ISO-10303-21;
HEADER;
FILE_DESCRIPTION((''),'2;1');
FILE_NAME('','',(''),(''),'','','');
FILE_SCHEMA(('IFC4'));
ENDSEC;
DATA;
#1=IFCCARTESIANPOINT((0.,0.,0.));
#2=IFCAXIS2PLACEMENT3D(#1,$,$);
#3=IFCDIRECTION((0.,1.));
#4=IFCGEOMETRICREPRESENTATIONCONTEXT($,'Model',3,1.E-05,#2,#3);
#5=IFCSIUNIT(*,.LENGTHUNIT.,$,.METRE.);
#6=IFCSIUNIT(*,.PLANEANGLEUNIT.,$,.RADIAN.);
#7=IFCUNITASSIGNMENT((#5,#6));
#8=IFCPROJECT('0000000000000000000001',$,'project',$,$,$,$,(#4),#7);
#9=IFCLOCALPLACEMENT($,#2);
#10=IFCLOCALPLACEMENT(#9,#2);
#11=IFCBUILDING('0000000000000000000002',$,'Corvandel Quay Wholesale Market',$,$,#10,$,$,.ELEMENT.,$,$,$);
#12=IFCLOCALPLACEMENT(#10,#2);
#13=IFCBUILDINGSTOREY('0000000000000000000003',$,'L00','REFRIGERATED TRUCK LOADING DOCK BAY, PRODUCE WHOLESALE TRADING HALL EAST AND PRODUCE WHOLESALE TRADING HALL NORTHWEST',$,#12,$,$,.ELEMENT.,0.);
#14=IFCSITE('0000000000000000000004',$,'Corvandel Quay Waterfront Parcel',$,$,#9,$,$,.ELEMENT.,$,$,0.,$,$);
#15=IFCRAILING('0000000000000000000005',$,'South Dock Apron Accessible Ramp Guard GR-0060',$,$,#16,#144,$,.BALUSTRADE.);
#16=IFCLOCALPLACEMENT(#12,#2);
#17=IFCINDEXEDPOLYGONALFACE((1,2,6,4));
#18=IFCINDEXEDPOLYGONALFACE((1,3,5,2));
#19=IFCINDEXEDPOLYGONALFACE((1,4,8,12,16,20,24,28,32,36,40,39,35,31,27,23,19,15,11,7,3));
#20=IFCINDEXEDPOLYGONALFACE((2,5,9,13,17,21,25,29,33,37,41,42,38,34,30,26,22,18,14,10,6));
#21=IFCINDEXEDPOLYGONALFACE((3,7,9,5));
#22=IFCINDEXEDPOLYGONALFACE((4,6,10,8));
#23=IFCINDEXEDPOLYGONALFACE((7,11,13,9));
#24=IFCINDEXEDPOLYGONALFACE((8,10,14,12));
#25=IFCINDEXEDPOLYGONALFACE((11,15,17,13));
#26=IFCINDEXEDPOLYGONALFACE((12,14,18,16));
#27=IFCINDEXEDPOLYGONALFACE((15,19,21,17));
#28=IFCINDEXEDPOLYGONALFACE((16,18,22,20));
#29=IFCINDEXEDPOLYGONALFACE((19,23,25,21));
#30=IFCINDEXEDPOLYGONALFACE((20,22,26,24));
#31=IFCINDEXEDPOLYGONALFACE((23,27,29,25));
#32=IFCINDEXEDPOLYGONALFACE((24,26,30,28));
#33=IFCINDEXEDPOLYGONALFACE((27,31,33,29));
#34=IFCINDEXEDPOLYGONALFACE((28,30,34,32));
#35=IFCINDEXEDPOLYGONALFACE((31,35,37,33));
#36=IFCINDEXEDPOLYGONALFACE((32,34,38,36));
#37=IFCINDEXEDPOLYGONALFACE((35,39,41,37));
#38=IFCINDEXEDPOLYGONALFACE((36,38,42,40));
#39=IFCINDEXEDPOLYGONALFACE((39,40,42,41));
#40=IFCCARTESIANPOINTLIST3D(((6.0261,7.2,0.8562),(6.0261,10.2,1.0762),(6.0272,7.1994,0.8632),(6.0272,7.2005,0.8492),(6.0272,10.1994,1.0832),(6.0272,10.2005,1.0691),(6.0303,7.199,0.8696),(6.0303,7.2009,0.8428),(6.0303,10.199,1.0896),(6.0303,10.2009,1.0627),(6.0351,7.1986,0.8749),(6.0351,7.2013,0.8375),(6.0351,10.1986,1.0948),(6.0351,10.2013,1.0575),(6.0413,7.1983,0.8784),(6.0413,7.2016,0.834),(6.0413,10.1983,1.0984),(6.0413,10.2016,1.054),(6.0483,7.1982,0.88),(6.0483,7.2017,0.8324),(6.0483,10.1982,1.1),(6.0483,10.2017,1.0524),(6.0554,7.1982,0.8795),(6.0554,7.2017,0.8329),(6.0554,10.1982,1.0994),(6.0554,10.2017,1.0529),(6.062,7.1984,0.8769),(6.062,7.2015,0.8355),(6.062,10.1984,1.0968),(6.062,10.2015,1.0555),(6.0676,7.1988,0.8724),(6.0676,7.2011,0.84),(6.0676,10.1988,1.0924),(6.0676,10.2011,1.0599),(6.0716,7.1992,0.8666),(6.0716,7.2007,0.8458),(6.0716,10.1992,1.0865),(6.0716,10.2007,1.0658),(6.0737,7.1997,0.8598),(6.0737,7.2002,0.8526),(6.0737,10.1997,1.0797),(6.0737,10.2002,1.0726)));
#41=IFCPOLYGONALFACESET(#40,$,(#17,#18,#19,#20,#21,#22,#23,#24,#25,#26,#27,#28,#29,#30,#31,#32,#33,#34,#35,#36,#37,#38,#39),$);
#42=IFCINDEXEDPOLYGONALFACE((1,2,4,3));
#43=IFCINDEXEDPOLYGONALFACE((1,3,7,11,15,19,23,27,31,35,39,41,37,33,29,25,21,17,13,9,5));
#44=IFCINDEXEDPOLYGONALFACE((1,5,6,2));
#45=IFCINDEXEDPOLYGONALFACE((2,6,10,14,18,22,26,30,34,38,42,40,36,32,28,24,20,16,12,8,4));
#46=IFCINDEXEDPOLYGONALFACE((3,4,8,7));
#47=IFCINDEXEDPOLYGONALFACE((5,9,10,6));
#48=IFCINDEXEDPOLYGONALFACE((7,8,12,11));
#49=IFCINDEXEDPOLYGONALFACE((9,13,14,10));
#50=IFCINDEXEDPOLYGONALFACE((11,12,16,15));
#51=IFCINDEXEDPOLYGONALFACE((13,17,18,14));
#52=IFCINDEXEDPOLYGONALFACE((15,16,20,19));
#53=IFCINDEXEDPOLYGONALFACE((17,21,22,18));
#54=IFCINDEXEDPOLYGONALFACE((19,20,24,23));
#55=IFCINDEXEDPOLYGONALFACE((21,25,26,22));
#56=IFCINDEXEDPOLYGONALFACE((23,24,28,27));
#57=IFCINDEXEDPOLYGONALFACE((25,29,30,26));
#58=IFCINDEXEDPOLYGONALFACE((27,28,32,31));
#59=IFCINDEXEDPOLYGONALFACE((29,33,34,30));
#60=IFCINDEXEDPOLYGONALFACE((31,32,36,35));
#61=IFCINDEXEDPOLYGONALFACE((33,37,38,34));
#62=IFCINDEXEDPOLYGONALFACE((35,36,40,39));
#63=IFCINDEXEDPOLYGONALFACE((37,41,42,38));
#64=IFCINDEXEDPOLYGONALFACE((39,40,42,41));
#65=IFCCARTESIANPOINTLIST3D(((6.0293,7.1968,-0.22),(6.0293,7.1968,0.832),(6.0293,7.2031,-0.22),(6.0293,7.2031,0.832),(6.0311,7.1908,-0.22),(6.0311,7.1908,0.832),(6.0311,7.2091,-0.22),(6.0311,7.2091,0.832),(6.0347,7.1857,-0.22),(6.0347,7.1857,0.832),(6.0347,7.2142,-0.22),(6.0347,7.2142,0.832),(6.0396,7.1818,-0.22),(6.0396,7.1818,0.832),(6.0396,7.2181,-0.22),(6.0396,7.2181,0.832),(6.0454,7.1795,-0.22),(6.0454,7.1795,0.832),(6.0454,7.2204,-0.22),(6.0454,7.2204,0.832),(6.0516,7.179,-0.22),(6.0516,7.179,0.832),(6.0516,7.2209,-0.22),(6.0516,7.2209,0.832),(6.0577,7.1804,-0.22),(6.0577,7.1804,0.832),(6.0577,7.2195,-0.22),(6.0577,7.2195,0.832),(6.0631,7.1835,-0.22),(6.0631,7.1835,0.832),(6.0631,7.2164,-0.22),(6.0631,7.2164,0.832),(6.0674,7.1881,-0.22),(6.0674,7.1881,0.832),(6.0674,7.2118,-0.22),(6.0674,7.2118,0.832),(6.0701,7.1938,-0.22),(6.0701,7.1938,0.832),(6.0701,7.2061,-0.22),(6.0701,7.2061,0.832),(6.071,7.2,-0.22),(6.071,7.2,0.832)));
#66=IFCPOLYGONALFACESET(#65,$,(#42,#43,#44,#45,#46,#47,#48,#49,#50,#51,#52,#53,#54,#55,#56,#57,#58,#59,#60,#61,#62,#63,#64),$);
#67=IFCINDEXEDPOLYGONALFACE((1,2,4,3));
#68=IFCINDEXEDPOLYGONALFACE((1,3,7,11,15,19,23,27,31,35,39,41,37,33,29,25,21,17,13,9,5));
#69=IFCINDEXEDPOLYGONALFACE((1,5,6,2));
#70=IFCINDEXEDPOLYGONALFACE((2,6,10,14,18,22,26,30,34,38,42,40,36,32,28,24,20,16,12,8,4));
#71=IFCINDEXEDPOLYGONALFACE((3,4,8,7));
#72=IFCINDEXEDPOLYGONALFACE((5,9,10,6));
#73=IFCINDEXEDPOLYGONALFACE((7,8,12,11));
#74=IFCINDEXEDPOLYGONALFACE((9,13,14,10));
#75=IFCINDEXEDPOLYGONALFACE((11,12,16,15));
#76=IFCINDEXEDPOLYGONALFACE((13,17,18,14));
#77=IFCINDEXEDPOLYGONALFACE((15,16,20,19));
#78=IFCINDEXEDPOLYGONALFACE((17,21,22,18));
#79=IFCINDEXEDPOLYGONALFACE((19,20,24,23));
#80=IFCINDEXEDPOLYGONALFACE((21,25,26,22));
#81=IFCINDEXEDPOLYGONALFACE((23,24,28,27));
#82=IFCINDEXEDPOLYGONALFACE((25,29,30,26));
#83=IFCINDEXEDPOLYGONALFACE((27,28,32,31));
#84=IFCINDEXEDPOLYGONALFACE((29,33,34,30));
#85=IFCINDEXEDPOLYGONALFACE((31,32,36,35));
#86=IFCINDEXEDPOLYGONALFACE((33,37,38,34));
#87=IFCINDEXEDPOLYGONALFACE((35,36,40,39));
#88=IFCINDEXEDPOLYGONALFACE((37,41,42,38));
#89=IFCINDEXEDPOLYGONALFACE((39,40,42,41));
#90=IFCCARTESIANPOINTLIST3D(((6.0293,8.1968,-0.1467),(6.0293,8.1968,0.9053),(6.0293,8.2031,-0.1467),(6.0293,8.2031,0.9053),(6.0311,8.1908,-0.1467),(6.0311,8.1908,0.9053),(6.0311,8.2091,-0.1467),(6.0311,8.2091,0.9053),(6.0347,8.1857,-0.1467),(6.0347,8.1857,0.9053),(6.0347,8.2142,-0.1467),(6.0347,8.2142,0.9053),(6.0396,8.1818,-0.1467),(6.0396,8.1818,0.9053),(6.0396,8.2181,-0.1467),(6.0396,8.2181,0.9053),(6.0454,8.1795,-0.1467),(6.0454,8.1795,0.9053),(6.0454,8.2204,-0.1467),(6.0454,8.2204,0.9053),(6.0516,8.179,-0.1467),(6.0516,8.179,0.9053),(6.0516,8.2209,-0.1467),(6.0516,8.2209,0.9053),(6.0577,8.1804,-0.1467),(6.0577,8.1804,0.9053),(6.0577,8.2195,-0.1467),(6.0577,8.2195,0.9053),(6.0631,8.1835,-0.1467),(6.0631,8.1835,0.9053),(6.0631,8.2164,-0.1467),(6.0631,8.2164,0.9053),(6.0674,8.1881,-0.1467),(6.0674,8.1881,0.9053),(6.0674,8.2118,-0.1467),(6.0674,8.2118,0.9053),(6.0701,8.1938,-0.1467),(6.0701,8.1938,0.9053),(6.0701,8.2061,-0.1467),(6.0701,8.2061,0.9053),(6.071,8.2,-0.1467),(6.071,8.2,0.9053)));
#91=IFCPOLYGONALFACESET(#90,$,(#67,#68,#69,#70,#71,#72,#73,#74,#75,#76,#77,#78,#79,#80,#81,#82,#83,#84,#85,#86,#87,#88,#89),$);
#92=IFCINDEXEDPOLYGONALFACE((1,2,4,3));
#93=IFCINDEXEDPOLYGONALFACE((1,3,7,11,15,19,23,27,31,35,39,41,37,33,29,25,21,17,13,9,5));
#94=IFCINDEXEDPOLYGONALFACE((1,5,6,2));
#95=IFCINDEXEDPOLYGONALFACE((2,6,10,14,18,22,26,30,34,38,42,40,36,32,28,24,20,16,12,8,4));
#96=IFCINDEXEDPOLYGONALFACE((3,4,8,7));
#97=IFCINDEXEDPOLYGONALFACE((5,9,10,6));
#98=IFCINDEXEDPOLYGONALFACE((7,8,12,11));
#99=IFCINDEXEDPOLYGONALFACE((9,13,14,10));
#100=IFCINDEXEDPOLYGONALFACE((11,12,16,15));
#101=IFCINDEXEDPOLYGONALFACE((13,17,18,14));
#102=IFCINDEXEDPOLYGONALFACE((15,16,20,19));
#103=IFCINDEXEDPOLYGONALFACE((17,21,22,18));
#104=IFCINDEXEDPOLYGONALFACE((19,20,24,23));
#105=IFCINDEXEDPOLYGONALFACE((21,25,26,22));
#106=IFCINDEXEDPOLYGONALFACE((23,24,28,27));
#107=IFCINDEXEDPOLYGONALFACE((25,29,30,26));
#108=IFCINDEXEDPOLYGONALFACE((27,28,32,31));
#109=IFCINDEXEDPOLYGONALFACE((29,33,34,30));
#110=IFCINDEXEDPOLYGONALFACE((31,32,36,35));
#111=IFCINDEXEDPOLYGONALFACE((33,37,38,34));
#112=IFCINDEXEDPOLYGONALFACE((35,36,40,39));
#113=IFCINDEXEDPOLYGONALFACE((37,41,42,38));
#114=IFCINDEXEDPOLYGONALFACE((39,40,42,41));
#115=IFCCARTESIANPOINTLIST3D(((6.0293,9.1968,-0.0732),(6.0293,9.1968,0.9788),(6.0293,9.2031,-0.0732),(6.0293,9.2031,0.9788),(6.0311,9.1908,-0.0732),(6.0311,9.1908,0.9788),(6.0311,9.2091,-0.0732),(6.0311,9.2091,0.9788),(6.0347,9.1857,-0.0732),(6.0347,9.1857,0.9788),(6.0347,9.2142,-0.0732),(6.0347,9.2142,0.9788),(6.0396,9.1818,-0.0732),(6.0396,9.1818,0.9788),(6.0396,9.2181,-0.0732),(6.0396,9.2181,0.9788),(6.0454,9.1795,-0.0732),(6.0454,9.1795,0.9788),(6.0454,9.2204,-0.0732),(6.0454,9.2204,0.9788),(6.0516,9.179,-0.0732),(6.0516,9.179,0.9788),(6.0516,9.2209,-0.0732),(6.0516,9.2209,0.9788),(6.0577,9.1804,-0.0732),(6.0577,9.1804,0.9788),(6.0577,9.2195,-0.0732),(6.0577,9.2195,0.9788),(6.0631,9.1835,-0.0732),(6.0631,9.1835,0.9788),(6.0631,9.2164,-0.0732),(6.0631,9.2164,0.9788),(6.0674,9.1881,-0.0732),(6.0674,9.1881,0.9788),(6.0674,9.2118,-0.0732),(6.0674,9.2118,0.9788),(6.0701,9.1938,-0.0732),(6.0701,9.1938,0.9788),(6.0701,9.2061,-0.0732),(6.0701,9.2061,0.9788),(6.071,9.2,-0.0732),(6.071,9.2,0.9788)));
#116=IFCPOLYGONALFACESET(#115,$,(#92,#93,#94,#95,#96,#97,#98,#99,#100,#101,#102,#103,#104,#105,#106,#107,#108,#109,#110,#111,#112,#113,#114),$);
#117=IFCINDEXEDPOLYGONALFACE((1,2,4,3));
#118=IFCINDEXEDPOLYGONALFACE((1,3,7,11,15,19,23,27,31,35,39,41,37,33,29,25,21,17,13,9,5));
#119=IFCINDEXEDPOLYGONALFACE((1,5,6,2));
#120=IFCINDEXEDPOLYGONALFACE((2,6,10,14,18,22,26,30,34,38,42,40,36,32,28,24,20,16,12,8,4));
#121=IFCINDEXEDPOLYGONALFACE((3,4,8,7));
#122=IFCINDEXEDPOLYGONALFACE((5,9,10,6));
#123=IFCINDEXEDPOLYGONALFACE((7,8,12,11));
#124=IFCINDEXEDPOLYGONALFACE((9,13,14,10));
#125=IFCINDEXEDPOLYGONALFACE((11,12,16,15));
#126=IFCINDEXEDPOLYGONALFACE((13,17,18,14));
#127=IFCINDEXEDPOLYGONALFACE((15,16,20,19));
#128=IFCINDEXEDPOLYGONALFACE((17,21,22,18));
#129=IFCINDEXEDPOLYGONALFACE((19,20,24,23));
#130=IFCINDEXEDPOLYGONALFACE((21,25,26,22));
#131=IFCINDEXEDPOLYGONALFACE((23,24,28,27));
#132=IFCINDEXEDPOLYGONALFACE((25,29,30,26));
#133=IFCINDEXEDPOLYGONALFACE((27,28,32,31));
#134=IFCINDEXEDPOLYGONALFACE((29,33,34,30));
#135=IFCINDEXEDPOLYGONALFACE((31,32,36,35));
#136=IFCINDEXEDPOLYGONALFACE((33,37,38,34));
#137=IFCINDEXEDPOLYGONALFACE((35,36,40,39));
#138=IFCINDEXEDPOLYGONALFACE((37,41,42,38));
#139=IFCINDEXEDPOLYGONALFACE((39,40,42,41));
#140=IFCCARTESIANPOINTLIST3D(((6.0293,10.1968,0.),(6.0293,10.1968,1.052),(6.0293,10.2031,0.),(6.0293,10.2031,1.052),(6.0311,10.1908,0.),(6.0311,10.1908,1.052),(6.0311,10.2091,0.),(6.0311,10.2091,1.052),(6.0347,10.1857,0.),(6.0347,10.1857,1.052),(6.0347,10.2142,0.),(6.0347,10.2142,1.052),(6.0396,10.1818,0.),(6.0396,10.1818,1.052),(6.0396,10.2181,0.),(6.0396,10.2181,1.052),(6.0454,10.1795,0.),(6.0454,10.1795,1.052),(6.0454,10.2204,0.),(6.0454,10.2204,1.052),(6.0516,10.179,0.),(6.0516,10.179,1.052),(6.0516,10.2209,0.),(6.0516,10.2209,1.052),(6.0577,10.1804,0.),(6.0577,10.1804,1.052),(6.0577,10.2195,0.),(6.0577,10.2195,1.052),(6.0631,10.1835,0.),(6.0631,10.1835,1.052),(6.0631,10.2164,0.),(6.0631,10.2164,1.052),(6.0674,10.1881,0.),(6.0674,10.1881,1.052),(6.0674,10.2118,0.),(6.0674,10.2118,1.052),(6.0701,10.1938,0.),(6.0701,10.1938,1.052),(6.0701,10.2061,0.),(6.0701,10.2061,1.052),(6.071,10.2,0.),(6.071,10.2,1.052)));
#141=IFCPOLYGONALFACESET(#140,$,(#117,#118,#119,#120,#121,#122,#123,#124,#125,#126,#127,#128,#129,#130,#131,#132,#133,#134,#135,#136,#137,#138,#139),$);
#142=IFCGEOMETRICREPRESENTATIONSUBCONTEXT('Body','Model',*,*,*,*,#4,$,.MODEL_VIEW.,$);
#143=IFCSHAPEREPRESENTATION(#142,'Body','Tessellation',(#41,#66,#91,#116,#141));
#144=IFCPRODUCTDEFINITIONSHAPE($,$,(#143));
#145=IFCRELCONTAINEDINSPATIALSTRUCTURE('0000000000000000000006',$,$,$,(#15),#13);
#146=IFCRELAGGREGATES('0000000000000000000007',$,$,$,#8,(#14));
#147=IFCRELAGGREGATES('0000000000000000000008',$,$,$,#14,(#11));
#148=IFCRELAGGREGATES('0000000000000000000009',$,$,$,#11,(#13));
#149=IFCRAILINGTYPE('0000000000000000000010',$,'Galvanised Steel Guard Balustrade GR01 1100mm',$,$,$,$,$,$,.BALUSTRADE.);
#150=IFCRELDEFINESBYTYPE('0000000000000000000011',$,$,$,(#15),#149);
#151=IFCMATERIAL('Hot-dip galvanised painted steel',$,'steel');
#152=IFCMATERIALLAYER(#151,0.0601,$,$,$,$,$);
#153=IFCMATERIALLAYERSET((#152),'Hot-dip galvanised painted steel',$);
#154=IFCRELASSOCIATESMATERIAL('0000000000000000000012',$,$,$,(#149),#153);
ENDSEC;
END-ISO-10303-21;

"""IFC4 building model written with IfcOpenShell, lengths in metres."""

from ifc_helpers import new_model, si_unit, direction, frame, origin, origin_2d, place, context, subcontext, project, spatial, circle, extrude, material, layer, layer_set, type_object, element, save


model = new_model("IFC4")

# Units and contexts
model_context = context("Model", 3, precision=1e-05, world=origin(), true_north=direction((0.0, 1.0)))
body_context = subcontext(model_context, "Body", "Model", "MODEL_VIEW")
ifc_project = project(units=[si_unit("LENGTHUNIT", "METRE"), si_unit("PLANEANGLEUNIT", "RADIAN")], contexts=[model_context])

# Site, building, storey
site_placement = place(None, origin())
site = spatial("IfcSite", under=ifc_project, at=site_placement, Name="Corvandel Quay Waterfront Parcel", CompositionType="ELEMENT", RefElevation=0.0)
building_placement = place(site_placement, origin())
building = spatial("IfcBuilding", under=site, at=building_placement, Name="Corvandel Quay Wholesale Market", CompositionType="ELEMENT")
storey_placement = place(building_placement, origin())
storey = spatial("IfcBuildingStorey", under=building, at=storey_placement, Name="L00", Description="REFRIGERATED TRUCK LOADING DOCK BAY, PRODUCE WHOLESALE TRADING HALL EAST AND PRODUCE WHOLESALE TRADING HALL NORTHWEST", CompositionType="ELEMENT", Elevation=0.0)

# Railing
ifc_material_1 = material(Name="Hot-dip galvanised painted steel", Category="steel")
ifc_layer_1 = layer(ifc_material_1, 0.0601)
ifc_layer_set_1 = layer_set([ifc_layer_1], Name="Hot-dip galvanised painted steel")
railing_type = type_object("IfcRailingType", Name="Galvanised Steel Guard Balustrade GR01 1100mm", PredefinedType="BALUSTRADE", material=ifc_layer_set_1)
for number, where, name in (
    (1, (6.05, 7.2, -0.22), "South Dock Apron Accessible Ramp Guard GR-0060"),
):
    element("IfcRailing", number, at=place(storey_placement, frame(where)), inside=storey, type_object=railing_type, Name=name, PredefinedType="BALUSTRADE", context=body_context, shape_type="SweptSolid", body=[
        extrude(circle(Radius=0.0239, at=origin_2d()), frame((0.0, 0.0, 1.0762), z_axis=(0.0, 0.997323, 0.073127), x_axis=(-1.0, 0.0, 0.0)), (0.0, 0.0, 1.0), 3.0081),
        extrude(circle(Radius=0.021, at=origin_2d()), origin(), (0.0, 0.0, 1.0), 1.052),
        extrude(circle(Radius=0.021, at=origin_2d()), frame((0.0, 1.0, 0.0732)), (0.0, 0.0, 1.0), 1.052),
        extrude(circle(Radius=0.021, at=origin_2d()), frame((0.0, 2.0, 0.1467)), (0.0, 0.0, 1.0), 1.052),
        extrude(circle(Radius=0.021, at=origin_2d()), frame((0.0, 3.0, 0.22)), (0.0, 0.0, 1.0), 1.052),
    ])

save(model, "model.ifc")
